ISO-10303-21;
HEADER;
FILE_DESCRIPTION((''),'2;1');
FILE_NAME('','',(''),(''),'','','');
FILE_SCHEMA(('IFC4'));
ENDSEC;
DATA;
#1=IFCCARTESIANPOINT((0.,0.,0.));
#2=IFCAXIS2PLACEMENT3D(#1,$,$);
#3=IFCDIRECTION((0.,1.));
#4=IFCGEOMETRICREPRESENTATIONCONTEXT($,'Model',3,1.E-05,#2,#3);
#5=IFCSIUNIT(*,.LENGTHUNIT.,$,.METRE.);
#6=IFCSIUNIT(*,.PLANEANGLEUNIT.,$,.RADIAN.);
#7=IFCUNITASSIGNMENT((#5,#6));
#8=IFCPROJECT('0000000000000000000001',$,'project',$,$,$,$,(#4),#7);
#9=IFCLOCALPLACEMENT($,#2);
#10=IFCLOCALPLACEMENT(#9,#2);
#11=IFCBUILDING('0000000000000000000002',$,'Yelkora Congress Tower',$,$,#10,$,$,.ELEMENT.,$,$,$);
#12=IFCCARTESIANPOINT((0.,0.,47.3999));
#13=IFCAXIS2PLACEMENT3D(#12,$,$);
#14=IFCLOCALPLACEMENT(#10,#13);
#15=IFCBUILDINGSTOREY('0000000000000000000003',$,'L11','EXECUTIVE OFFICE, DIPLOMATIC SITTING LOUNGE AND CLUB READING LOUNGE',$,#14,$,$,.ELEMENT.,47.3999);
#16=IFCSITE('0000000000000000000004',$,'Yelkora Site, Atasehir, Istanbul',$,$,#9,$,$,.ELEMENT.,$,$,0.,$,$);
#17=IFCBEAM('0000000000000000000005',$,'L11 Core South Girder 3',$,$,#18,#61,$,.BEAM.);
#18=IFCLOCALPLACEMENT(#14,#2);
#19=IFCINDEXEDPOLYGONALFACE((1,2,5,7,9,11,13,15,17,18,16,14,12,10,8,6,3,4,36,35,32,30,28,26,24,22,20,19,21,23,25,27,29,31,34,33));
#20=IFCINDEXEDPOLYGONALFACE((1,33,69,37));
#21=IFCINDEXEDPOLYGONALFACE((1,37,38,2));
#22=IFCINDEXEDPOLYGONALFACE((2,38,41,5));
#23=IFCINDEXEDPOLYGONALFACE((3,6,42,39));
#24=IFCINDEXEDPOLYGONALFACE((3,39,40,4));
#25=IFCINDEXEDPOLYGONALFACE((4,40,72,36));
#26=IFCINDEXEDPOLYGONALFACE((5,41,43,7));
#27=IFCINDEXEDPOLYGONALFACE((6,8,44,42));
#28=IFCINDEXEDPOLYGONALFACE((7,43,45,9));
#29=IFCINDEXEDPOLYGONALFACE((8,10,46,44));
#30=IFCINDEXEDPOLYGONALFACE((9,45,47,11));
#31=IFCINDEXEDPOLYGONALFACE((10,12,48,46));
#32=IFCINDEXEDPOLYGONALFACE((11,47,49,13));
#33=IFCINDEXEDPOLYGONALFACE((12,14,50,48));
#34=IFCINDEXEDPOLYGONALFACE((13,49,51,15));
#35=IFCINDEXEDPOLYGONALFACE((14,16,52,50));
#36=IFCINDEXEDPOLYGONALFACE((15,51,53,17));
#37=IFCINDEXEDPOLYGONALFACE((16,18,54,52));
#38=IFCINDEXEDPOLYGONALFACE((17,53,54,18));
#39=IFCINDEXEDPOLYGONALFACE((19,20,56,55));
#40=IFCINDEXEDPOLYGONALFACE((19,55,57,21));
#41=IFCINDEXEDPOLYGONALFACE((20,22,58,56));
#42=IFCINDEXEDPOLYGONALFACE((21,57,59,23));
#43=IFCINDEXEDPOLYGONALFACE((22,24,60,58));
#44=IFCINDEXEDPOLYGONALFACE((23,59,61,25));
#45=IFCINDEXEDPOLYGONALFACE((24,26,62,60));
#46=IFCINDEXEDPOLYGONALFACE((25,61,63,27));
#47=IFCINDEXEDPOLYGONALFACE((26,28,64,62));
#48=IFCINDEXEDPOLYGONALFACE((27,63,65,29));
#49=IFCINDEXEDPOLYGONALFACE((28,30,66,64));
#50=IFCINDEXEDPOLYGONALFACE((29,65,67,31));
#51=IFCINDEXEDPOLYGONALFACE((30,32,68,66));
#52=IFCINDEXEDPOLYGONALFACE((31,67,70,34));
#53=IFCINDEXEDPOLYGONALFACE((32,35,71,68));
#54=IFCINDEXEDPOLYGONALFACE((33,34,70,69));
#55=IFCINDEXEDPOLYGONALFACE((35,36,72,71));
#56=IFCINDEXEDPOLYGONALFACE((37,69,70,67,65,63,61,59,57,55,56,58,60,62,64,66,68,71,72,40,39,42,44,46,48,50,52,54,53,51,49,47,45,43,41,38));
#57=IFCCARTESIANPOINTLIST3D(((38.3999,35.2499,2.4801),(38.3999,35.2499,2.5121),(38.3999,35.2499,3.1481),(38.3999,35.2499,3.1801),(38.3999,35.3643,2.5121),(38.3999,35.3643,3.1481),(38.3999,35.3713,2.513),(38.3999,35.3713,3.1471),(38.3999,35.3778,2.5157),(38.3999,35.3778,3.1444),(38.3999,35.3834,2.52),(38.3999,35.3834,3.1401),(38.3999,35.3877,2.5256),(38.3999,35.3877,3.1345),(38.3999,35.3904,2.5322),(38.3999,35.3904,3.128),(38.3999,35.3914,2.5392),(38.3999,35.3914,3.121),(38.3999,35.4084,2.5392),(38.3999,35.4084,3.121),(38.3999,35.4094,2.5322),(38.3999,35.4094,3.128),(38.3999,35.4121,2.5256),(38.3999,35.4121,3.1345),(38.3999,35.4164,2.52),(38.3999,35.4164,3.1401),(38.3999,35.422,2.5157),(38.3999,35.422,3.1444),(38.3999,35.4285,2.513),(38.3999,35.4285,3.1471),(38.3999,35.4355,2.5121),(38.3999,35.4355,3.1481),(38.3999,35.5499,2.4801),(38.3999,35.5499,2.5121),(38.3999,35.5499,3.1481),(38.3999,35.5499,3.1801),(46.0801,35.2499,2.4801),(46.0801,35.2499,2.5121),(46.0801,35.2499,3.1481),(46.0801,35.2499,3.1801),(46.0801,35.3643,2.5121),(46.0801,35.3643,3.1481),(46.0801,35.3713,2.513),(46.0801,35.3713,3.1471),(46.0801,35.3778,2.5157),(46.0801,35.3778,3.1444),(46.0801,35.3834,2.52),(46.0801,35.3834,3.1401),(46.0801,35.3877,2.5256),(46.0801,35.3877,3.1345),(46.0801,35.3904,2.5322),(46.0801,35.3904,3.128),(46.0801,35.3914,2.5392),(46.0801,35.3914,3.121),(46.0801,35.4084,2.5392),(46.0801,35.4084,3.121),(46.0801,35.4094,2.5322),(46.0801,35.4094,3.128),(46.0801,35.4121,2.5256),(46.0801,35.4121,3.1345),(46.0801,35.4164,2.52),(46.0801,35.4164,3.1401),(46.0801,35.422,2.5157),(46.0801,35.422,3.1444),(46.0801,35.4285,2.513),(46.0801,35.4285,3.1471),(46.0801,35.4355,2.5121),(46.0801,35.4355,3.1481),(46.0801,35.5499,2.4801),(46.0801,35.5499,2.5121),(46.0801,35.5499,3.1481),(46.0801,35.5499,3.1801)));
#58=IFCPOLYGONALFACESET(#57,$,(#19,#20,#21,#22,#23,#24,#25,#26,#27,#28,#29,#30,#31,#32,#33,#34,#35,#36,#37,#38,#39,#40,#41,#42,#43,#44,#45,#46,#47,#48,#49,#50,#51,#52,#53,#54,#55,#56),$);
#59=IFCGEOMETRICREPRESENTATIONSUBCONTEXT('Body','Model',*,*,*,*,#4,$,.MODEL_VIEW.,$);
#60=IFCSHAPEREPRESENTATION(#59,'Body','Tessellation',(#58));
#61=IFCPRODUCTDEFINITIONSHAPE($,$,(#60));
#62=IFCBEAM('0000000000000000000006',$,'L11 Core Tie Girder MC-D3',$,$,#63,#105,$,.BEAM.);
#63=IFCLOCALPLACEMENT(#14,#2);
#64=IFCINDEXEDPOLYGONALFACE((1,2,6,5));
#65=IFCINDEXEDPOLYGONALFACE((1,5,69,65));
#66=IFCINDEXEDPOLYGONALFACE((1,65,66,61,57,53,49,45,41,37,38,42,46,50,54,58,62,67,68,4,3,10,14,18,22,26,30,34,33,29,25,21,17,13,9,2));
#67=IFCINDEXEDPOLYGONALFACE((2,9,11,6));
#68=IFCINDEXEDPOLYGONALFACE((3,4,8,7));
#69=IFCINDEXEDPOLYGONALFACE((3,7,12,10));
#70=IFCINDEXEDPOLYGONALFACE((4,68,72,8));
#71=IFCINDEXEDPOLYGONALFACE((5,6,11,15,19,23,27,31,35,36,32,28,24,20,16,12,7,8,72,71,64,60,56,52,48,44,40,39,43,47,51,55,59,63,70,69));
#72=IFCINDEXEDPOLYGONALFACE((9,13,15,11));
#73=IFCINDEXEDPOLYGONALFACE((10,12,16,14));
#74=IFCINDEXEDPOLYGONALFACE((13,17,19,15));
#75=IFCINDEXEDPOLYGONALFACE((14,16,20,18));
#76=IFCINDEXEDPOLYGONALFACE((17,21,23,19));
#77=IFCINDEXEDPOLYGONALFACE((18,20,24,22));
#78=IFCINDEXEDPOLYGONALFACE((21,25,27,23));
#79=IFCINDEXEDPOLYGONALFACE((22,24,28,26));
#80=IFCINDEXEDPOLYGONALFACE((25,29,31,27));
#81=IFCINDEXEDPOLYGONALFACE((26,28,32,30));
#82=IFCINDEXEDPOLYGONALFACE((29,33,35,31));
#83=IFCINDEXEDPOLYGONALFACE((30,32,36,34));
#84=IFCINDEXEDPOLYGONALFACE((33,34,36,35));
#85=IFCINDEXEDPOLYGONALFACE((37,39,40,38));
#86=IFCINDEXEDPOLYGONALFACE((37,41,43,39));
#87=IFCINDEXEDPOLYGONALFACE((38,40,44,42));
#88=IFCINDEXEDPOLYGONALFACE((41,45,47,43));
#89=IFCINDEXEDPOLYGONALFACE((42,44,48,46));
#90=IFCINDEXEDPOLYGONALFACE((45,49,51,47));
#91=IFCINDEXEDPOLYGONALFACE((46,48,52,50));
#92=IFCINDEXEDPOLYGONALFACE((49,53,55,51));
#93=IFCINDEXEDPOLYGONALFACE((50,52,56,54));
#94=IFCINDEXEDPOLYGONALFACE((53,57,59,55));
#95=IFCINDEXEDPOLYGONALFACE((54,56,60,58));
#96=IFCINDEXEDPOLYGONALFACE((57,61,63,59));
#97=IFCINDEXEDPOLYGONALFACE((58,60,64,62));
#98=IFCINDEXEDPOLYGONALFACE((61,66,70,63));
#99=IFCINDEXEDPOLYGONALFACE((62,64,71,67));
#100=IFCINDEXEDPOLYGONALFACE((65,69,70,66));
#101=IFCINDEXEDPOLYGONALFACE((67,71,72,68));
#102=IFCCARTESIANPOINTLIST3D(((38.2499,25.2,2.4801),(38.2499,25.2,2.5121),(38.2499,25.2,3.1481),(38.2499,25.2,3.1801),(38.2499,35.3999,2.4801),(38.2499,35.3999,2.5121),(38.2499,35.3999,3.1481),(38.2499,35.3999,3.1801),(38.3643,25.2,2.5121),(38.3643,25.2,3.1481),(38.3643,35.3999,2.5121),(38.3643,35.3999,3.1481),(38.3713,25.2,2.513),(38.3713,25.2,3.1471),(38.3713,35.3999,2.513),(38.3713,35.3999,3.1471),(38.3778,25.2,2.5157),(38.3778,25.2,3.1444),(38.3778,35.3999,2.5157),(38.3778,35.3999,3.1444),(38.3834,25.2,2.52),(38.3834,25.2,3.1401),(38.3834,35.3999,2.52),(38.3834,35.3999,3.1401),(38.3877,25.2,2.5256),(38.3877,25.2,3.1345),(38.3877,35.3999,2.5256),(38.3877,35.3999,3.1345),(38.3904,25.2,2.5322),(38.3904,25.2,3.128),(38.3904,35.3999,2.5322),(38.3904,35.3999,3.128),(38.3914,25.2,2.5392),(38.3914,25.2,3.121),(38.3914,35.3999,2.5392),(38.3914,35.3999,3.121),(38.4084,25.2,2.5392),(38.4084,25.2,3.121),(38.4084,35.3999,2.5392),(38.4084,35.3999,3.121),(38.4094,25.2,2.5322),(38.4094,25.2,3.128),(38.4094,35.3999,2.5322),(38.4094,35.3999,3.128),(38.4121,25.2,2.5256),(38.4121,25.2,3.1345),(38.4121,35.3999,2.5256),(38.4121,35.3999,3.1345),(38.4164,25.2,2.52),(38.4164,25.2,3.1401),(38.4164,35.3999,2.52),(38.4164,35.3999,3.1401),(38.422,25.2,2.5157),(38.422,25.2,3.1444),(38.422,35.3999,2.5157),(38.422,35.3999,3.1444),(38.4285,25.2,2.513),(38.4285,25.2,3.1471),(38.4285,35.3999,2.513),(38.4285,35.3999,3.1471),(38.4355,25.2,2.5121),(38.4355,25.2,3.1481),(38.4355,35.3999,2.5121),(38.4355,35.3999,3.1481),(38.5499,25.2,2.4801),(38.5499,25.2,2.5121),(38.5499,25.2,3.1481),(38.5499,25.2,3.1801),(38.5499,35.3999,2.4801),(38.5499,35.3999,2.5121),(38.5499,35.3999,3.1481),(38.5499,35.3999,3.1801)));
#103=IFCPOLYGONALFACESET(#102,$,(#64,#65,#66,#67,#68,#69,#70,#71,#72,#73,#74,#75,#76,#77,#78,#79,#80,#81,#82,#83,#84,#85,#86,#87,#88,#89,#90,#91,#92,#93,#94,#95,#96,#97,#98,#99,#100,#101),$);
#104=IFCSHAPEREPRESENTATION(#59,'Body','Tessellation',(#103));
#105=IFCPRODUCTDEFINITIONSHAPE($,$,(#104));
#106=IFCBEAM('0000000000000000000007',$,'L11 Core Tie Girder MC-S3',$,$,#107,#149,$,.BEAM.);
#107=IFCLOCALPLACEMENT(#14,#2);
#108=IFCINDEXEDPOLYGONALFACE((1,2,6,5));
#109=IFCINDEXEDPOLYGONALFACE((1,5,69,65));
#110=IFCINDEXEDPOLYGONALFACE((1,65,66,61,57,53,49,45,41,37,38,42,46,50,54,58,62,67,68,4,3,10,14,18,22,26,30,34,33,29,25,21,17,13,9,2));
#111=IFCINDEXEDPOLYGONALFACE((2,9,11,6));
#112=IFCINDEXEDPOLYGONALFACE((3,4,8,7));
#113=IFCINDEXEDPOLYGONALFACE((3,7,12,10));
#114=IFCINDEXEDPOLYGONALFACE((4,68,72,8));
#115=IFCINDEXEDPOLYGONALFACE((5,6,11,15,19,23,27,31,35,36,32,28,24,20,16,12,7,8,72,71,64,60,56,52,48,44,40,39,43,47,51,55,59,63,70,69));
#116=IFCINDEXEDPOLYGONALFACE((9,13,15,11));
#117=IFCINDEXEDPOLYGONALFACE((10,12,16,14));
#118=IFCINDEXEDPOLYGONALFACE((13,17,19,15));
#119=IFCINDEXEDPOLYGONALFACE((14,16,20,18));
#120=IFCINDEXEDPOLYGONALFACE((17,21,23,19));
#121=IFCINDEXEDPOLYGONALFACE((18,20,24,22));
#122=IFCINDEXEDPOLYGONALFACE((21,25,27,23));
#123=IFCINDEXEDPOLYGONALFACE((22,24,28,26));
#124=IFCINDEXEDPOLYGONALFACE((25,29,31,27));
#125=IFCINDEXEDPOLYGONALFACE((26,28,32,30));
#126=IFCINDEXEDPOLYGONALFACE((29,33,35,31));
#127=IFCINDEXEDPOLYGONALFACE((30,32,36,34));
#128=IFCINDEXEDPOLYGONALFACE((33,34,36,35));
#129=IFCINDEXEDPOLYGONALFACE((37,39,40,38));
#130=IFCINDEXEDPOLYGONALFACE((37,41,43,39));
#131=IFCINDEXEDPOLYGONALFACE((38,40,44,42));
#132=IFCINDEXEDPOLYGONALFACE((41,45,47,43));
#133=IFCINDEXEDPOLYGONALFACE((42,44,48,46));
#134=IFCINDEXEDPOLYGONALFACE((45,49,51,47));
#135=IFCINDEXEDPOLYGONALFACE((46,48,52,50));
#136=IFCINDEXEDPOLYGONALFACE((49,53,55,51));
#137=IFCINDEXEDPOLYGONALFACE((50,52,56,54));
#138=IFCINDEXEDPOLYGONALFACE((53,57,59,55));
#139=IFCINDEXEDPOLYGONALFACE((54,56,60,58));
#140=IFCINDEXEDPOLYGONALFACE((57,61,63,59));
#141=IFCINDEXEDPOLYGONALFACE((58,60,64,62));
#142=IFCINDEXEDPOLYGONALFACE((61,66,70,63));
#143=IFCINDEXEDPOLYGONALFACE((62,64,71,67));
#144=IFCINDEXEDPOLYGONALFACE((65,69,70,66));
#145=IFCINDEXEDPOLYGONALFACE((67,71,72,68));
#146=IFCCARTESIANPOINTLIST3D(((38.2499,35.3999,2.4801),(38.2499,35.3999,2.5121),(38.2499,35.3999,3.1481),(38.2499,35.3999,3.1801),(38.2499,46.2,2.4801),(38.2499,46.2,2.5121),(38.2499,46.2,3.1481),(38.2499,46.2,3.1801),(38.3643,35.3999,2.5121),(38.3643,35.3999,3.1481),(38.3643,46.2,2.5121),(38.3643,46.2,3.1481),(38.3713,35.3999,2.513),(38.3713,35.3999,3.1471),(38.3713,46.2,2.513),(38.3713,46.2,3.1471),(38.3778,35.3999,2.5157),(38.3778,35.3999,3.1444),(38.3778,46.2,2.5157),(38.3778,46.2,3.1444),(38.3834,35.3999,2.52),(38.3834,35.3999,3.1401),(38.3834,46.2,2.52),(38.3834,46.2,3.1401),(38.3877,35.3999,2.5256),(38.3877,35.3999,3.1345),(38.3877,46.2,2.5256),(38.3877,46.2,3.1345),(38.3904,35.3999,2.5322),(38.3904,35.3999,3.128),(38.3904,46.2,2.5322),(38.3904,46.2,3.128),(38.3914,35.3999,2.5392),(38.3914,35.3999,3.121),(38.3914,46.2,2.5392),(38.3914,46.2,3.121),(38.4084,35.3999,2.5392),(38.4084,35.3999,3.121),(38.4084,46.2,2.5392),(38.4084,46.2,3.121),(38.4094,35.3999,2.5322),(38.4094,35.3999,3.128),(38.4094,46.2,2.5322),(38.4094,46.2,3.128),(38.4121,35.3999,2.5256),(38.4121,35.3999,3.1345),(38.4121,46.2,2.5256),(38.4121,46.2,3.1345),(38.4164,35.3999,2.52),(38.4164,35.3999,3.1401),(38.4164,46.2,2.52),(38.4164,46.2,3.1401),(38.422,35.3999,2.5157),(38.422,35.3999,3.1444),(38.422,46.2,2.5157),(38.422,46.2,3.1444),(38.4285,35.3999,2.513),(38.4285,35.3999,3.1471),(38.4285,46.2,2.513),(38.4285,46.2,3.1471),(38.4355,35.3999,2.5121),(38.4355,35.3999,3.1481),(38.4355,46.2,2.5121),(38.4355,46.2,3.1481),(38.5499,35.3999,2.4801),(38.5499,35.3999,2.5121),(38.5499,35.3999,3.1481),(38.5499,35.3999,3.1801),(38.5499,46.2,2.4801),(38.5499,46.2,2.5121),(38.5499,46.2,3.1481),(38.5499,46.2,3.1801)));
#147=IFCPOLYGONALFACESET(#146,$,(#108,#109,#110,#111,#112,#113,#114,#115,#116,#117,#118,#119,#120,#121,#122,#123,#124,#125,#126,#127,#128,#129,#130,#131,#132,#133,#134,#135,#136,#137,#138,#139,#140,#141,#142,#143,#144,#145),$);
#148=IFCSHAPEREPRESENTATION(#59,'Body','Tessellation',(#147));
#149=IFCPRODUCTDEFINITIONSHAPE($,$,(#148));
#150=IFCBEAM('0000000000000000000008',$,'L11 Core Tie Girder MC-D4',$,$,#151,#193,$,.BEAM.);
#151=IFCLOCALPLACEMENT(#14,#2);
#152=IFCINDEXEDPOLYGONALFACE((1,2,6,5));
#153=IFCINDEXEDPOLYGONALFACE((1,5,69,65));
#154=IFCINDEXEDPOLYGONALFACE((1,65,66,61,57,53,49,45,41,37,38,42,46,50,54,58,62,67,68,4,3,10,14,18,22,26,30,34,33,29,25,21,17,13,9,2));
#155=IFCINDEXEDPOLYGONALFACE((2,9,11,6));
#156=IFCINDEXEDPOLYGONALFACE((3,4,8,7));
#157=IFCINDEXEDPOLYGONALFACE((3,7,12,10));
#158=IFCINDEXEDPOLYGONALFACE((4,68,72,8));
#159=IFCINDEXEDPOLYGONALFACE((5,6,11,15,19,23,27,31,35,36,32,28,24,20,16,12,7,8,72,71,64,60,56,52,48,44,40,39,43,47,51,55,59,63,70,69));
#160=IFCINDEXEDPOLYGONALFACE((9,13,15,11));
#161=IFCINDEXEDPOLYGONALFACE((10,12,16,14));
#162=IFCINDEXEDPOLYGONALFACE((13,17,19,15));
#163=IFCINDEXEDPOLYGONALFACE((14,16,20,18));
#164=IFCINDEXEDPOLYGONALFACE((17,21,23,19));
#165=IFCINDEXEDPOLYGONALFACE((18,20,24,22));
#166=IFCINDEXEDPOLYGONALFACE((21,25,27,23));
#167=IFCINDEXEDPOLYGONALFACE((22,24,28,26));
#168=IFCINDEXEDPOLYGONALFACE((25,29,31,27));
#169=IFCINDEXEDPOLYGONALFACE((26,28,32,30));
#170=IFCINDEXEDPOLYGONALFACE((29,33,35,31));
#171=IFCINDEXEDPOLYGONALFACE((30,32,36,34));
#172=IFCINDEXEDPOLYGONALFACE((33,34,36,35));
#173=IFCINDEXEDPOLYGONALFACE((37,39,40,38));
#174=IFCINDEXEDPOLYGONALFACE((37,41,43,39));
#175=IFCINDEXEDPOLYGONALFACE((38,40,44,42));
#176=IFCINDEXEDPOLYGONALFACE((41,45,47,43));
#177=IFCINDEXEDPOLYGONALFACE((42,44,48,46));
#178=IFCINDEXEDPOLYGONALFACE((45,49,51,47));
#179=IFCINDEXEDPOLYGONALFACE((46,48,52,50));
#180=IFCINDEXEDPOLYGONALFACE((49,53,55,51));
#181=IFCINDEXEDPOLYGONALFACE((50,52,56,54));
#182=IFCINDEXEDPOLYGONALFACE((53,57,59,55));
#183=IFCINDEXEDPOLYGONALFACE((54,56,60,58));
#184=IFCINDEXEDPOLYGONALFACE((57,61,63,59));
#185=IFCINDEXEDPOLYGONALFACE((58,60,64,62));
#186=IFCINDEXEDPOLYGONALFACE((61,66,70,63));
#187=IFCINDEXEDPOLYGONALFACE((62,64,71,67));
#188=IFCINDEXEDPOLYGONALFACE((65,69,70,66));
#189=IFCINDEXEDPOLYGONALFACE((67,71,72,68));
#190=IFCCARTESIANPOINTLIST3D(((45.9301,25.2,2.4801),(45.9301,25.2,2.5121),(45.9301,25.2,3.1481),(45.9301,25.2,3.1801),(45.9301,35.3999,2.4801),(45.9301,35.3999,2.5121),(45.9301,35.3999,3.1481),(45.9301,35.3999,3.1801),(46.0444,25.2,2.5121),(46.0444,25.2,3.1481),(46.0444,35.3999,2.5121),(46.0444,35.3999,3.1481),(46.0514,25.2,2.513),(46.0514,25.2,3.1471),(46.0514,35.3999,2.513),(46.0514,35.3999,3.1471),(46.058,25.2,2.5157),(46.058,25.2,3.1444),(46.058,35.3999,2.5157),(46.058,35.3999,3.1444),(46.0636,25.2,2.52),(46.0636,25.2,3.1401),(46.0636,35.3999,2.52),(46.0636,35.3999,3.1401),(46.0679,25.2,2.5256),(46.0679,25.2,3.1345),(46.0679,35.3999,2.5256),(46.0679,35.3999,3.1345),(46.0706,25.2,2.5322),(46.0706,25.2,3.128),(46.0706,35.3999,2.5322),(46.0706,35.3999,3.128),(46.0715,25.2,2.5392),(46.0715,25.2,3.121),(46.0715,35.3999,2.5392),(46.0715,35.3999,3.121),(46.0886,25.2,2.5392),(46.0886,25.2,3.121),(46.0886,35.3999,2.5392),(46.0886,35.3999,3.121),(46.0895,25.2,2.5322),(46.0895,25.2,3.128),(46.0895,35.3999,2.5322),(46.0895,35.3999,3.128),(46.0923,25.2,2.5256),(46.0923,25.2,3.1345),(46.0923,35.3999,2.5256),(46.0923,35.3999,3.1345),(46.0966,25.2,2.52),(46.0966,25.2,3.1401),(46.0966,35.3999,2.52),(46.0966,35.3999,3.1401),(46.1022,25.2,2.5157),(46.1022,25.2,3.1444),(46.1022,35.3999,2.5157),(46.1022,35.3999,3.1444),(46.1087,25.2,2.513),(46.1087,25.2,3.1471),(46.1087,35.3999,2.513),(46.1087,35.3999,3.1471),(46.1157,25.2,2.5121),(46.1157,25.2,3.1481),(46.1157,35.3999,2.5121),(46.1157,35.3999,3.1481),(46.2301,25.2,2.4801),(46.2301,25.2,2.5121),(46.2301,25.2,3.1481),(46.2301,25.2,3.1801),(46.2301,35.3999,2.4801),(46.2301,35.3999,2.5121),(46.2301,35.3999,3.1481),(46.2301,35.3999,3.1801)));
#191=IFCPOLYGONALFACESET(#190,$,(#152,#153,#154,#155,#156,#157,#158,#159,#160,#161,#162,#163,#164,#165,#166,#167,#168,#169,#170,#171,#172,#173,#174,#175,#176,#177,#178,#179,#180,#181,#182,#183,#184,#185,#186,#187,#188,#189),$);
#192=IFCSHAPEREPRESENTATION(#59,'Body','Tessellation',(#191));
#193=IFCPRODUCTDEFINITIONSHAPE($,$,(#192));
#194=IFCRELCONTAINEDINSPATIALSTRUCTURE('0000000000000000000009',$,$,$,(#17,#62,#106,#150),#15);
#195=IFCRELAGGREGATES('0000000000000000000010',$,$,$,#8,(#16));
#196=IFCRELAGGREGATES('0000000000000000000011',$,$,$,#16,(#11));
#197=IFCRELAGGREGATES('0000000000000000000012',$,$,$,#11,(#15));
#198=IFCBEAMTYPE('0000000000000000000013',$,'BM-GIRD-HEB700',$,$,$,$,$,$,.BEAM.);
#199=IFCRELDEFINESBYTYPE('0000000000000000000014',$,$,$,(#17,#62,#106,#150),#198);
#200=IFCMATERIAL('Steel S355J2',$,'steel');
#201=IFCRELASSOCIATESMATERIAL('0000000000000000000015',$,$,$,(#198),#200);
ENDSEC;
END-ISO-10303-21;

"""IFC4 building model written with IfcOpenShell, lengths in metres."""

from ifc_helpers import new_model, si_unit, direction, frame, origin, origin_2d, place, context, subcontext, project, spatial, i_section, extrude, material, material_profile, profile_set, type_object, element, save


model = new_model("IFC4")

# Units and contexts
model_context = context("Model", 3, precision=1e-05, world=origin(), true_north=direction((0.0, 1.0)))
body_context = subcontext(model_context, "Body", "Model", "MODEL_VIEW")
ifc_project = project(units=[si_unit("LENGTHUNIT", "METRE"), si_unit("PLANEANGLEUNIT", "RADIAN")], contexts=[model_context])

# Site, building, storey
site_placement = place(None, origin())
site = spatial("IfcSite", under=ifc_project, at=site_placement, Name="Yelkora Site, Atasehir, Istanbul", CompositionType="ELEMENT", RefElevation=0.0)
building_placement = place(site_placement, origin())
building = spatial("IfcBuilding", under=site, at=building_placement, Name="Yelkora Congress Tower", CompositionType="ELEMENT")
storey_placement = place(building_placement, frame((0.0, 0.0, 47.3999)))
storey = spatial("IfcBuildingStorey", under=building, at=storey_placement, Name="L11", Description="EXECUTIVE OFFICE, DIPLOMATIC SITTING LOUNGE AND CLUB READING LOUNGE", CompositionType="ELEMENT", Elevation=47.3999)

# Beams
ifc_material_1 = material(Name="Steel S355J2", Category="steel")
ifc_material_profile_1 = material_profile(ifc_material_1, i_section(OverallWidth=0.3, OverallDepth=0.7, WebThickness=0.0171, FlangeThickness=0.032, FilletRadius=0.0271, at=origin_2d()), Name="HEB 700")
ifc_profile_set_1 = profile_set([ifc_material_profile_1], Name="Steel S355J2")
beam_type_1 = type_object("IfcBeamType", Name="BM-GIRD-HEB700", PredefinedType="BEAM", material=ifc_profile_set_1)
beam_1_placement = place(storey_placement, frame((38.3999, 35.3999, 2.8301), z_axis=(1.0, 0.0, 0.0), x_axis=(0.0, 1.0, 0.0)))
element("IfcBeam", 1, at=beam_1_placement, inside=storey, type_object=beam_type_1, Name="L11 Core South Girder 3", PredefinedType="BEAM", context=body_context, shape_type="SweptSolid", body=[
    extrude(i_section(OverallWidth=0.3, OverallDepth=0.7, WebThickness=0.0171, FlangeThickness=0.032, FilletRadius=0.0271, at=origin_2d()), origin(), (0.0, 0.0, 1.0), 7.6802),
])
beam_2_placement = place(storey_placement, frame((38.3999, 25.2, 2.8301), z_axis=(0.0, 1.0, 0.0), x_axis=(-1.0, 0.0, 0.0)))
element("IfcBeam", 2, at=beam_2_placement, inside=storey, type_object=beam_type_1, Name="L11 Core Tie Girder MC-D3", PredefinedType="BEAM", context=body_context, shape_type="SweptSolid", body=[
    extrude(i_section(OverallWidth=0.3, OverallDepth=0.7, WebThickness=0.0171, FlangeThickness=0.032, FilletRadius=0.0271, at=origin_2d()), origin(), (0.0, 0.0, 1.0), 10.2),
])
beam_3_placement = place(storey_placement, frame((38.3999, 35.3999, 2.8301), z_axis=(0.0, 1.0, 0.0), x_axis=(-1.0, 0.0, 0.0)))
element("IfcBeam", 3, at=beam_3_placement, inside=storey, type_object=beam_type_1, Name="L11 Core Tie Girder MC-S3", PredefinedType="BEAM", context=body_context, shape_type="SweptSolid", body=[
    extrude(i_section(OverallWidth=0.3, OverallDepth=0.7, WebThickness=0.0171, FlangeThickness=0.032, FilletRadius=0.0271, at=origin_2d()), origin(), (0.0, 0.0, 1.0), 10.8),
])
for number, where, z_axis, x_axis, name in (
    (4, (46.0801, 25.2, 2.8301), (0.0, 1.0, 0.0), (-1.0, 0.0, 0.0), "L11 Core Tie Girder MC-D4"),
):
    element("IfcBeam", number, at=place(storey_placement, frame(where, z_axis=z_axis, x_axis=x_axis)), inside=storey, type_object=beam_type_1, Name=name, PredefinedType="BEAM", context=body_context, shape_type="SweptSolid", body=[
        extrude(i_section(OverallWidth=0.3, OverallDepth=0.7, WebThickness=0.0171, FlangeThickness=0.032, FilletRadius=0.0271, at=origin_2d()), origin(), (0.0, 0.0, 1.0), 10.2),
    ])

save(model, "model.ifc")
